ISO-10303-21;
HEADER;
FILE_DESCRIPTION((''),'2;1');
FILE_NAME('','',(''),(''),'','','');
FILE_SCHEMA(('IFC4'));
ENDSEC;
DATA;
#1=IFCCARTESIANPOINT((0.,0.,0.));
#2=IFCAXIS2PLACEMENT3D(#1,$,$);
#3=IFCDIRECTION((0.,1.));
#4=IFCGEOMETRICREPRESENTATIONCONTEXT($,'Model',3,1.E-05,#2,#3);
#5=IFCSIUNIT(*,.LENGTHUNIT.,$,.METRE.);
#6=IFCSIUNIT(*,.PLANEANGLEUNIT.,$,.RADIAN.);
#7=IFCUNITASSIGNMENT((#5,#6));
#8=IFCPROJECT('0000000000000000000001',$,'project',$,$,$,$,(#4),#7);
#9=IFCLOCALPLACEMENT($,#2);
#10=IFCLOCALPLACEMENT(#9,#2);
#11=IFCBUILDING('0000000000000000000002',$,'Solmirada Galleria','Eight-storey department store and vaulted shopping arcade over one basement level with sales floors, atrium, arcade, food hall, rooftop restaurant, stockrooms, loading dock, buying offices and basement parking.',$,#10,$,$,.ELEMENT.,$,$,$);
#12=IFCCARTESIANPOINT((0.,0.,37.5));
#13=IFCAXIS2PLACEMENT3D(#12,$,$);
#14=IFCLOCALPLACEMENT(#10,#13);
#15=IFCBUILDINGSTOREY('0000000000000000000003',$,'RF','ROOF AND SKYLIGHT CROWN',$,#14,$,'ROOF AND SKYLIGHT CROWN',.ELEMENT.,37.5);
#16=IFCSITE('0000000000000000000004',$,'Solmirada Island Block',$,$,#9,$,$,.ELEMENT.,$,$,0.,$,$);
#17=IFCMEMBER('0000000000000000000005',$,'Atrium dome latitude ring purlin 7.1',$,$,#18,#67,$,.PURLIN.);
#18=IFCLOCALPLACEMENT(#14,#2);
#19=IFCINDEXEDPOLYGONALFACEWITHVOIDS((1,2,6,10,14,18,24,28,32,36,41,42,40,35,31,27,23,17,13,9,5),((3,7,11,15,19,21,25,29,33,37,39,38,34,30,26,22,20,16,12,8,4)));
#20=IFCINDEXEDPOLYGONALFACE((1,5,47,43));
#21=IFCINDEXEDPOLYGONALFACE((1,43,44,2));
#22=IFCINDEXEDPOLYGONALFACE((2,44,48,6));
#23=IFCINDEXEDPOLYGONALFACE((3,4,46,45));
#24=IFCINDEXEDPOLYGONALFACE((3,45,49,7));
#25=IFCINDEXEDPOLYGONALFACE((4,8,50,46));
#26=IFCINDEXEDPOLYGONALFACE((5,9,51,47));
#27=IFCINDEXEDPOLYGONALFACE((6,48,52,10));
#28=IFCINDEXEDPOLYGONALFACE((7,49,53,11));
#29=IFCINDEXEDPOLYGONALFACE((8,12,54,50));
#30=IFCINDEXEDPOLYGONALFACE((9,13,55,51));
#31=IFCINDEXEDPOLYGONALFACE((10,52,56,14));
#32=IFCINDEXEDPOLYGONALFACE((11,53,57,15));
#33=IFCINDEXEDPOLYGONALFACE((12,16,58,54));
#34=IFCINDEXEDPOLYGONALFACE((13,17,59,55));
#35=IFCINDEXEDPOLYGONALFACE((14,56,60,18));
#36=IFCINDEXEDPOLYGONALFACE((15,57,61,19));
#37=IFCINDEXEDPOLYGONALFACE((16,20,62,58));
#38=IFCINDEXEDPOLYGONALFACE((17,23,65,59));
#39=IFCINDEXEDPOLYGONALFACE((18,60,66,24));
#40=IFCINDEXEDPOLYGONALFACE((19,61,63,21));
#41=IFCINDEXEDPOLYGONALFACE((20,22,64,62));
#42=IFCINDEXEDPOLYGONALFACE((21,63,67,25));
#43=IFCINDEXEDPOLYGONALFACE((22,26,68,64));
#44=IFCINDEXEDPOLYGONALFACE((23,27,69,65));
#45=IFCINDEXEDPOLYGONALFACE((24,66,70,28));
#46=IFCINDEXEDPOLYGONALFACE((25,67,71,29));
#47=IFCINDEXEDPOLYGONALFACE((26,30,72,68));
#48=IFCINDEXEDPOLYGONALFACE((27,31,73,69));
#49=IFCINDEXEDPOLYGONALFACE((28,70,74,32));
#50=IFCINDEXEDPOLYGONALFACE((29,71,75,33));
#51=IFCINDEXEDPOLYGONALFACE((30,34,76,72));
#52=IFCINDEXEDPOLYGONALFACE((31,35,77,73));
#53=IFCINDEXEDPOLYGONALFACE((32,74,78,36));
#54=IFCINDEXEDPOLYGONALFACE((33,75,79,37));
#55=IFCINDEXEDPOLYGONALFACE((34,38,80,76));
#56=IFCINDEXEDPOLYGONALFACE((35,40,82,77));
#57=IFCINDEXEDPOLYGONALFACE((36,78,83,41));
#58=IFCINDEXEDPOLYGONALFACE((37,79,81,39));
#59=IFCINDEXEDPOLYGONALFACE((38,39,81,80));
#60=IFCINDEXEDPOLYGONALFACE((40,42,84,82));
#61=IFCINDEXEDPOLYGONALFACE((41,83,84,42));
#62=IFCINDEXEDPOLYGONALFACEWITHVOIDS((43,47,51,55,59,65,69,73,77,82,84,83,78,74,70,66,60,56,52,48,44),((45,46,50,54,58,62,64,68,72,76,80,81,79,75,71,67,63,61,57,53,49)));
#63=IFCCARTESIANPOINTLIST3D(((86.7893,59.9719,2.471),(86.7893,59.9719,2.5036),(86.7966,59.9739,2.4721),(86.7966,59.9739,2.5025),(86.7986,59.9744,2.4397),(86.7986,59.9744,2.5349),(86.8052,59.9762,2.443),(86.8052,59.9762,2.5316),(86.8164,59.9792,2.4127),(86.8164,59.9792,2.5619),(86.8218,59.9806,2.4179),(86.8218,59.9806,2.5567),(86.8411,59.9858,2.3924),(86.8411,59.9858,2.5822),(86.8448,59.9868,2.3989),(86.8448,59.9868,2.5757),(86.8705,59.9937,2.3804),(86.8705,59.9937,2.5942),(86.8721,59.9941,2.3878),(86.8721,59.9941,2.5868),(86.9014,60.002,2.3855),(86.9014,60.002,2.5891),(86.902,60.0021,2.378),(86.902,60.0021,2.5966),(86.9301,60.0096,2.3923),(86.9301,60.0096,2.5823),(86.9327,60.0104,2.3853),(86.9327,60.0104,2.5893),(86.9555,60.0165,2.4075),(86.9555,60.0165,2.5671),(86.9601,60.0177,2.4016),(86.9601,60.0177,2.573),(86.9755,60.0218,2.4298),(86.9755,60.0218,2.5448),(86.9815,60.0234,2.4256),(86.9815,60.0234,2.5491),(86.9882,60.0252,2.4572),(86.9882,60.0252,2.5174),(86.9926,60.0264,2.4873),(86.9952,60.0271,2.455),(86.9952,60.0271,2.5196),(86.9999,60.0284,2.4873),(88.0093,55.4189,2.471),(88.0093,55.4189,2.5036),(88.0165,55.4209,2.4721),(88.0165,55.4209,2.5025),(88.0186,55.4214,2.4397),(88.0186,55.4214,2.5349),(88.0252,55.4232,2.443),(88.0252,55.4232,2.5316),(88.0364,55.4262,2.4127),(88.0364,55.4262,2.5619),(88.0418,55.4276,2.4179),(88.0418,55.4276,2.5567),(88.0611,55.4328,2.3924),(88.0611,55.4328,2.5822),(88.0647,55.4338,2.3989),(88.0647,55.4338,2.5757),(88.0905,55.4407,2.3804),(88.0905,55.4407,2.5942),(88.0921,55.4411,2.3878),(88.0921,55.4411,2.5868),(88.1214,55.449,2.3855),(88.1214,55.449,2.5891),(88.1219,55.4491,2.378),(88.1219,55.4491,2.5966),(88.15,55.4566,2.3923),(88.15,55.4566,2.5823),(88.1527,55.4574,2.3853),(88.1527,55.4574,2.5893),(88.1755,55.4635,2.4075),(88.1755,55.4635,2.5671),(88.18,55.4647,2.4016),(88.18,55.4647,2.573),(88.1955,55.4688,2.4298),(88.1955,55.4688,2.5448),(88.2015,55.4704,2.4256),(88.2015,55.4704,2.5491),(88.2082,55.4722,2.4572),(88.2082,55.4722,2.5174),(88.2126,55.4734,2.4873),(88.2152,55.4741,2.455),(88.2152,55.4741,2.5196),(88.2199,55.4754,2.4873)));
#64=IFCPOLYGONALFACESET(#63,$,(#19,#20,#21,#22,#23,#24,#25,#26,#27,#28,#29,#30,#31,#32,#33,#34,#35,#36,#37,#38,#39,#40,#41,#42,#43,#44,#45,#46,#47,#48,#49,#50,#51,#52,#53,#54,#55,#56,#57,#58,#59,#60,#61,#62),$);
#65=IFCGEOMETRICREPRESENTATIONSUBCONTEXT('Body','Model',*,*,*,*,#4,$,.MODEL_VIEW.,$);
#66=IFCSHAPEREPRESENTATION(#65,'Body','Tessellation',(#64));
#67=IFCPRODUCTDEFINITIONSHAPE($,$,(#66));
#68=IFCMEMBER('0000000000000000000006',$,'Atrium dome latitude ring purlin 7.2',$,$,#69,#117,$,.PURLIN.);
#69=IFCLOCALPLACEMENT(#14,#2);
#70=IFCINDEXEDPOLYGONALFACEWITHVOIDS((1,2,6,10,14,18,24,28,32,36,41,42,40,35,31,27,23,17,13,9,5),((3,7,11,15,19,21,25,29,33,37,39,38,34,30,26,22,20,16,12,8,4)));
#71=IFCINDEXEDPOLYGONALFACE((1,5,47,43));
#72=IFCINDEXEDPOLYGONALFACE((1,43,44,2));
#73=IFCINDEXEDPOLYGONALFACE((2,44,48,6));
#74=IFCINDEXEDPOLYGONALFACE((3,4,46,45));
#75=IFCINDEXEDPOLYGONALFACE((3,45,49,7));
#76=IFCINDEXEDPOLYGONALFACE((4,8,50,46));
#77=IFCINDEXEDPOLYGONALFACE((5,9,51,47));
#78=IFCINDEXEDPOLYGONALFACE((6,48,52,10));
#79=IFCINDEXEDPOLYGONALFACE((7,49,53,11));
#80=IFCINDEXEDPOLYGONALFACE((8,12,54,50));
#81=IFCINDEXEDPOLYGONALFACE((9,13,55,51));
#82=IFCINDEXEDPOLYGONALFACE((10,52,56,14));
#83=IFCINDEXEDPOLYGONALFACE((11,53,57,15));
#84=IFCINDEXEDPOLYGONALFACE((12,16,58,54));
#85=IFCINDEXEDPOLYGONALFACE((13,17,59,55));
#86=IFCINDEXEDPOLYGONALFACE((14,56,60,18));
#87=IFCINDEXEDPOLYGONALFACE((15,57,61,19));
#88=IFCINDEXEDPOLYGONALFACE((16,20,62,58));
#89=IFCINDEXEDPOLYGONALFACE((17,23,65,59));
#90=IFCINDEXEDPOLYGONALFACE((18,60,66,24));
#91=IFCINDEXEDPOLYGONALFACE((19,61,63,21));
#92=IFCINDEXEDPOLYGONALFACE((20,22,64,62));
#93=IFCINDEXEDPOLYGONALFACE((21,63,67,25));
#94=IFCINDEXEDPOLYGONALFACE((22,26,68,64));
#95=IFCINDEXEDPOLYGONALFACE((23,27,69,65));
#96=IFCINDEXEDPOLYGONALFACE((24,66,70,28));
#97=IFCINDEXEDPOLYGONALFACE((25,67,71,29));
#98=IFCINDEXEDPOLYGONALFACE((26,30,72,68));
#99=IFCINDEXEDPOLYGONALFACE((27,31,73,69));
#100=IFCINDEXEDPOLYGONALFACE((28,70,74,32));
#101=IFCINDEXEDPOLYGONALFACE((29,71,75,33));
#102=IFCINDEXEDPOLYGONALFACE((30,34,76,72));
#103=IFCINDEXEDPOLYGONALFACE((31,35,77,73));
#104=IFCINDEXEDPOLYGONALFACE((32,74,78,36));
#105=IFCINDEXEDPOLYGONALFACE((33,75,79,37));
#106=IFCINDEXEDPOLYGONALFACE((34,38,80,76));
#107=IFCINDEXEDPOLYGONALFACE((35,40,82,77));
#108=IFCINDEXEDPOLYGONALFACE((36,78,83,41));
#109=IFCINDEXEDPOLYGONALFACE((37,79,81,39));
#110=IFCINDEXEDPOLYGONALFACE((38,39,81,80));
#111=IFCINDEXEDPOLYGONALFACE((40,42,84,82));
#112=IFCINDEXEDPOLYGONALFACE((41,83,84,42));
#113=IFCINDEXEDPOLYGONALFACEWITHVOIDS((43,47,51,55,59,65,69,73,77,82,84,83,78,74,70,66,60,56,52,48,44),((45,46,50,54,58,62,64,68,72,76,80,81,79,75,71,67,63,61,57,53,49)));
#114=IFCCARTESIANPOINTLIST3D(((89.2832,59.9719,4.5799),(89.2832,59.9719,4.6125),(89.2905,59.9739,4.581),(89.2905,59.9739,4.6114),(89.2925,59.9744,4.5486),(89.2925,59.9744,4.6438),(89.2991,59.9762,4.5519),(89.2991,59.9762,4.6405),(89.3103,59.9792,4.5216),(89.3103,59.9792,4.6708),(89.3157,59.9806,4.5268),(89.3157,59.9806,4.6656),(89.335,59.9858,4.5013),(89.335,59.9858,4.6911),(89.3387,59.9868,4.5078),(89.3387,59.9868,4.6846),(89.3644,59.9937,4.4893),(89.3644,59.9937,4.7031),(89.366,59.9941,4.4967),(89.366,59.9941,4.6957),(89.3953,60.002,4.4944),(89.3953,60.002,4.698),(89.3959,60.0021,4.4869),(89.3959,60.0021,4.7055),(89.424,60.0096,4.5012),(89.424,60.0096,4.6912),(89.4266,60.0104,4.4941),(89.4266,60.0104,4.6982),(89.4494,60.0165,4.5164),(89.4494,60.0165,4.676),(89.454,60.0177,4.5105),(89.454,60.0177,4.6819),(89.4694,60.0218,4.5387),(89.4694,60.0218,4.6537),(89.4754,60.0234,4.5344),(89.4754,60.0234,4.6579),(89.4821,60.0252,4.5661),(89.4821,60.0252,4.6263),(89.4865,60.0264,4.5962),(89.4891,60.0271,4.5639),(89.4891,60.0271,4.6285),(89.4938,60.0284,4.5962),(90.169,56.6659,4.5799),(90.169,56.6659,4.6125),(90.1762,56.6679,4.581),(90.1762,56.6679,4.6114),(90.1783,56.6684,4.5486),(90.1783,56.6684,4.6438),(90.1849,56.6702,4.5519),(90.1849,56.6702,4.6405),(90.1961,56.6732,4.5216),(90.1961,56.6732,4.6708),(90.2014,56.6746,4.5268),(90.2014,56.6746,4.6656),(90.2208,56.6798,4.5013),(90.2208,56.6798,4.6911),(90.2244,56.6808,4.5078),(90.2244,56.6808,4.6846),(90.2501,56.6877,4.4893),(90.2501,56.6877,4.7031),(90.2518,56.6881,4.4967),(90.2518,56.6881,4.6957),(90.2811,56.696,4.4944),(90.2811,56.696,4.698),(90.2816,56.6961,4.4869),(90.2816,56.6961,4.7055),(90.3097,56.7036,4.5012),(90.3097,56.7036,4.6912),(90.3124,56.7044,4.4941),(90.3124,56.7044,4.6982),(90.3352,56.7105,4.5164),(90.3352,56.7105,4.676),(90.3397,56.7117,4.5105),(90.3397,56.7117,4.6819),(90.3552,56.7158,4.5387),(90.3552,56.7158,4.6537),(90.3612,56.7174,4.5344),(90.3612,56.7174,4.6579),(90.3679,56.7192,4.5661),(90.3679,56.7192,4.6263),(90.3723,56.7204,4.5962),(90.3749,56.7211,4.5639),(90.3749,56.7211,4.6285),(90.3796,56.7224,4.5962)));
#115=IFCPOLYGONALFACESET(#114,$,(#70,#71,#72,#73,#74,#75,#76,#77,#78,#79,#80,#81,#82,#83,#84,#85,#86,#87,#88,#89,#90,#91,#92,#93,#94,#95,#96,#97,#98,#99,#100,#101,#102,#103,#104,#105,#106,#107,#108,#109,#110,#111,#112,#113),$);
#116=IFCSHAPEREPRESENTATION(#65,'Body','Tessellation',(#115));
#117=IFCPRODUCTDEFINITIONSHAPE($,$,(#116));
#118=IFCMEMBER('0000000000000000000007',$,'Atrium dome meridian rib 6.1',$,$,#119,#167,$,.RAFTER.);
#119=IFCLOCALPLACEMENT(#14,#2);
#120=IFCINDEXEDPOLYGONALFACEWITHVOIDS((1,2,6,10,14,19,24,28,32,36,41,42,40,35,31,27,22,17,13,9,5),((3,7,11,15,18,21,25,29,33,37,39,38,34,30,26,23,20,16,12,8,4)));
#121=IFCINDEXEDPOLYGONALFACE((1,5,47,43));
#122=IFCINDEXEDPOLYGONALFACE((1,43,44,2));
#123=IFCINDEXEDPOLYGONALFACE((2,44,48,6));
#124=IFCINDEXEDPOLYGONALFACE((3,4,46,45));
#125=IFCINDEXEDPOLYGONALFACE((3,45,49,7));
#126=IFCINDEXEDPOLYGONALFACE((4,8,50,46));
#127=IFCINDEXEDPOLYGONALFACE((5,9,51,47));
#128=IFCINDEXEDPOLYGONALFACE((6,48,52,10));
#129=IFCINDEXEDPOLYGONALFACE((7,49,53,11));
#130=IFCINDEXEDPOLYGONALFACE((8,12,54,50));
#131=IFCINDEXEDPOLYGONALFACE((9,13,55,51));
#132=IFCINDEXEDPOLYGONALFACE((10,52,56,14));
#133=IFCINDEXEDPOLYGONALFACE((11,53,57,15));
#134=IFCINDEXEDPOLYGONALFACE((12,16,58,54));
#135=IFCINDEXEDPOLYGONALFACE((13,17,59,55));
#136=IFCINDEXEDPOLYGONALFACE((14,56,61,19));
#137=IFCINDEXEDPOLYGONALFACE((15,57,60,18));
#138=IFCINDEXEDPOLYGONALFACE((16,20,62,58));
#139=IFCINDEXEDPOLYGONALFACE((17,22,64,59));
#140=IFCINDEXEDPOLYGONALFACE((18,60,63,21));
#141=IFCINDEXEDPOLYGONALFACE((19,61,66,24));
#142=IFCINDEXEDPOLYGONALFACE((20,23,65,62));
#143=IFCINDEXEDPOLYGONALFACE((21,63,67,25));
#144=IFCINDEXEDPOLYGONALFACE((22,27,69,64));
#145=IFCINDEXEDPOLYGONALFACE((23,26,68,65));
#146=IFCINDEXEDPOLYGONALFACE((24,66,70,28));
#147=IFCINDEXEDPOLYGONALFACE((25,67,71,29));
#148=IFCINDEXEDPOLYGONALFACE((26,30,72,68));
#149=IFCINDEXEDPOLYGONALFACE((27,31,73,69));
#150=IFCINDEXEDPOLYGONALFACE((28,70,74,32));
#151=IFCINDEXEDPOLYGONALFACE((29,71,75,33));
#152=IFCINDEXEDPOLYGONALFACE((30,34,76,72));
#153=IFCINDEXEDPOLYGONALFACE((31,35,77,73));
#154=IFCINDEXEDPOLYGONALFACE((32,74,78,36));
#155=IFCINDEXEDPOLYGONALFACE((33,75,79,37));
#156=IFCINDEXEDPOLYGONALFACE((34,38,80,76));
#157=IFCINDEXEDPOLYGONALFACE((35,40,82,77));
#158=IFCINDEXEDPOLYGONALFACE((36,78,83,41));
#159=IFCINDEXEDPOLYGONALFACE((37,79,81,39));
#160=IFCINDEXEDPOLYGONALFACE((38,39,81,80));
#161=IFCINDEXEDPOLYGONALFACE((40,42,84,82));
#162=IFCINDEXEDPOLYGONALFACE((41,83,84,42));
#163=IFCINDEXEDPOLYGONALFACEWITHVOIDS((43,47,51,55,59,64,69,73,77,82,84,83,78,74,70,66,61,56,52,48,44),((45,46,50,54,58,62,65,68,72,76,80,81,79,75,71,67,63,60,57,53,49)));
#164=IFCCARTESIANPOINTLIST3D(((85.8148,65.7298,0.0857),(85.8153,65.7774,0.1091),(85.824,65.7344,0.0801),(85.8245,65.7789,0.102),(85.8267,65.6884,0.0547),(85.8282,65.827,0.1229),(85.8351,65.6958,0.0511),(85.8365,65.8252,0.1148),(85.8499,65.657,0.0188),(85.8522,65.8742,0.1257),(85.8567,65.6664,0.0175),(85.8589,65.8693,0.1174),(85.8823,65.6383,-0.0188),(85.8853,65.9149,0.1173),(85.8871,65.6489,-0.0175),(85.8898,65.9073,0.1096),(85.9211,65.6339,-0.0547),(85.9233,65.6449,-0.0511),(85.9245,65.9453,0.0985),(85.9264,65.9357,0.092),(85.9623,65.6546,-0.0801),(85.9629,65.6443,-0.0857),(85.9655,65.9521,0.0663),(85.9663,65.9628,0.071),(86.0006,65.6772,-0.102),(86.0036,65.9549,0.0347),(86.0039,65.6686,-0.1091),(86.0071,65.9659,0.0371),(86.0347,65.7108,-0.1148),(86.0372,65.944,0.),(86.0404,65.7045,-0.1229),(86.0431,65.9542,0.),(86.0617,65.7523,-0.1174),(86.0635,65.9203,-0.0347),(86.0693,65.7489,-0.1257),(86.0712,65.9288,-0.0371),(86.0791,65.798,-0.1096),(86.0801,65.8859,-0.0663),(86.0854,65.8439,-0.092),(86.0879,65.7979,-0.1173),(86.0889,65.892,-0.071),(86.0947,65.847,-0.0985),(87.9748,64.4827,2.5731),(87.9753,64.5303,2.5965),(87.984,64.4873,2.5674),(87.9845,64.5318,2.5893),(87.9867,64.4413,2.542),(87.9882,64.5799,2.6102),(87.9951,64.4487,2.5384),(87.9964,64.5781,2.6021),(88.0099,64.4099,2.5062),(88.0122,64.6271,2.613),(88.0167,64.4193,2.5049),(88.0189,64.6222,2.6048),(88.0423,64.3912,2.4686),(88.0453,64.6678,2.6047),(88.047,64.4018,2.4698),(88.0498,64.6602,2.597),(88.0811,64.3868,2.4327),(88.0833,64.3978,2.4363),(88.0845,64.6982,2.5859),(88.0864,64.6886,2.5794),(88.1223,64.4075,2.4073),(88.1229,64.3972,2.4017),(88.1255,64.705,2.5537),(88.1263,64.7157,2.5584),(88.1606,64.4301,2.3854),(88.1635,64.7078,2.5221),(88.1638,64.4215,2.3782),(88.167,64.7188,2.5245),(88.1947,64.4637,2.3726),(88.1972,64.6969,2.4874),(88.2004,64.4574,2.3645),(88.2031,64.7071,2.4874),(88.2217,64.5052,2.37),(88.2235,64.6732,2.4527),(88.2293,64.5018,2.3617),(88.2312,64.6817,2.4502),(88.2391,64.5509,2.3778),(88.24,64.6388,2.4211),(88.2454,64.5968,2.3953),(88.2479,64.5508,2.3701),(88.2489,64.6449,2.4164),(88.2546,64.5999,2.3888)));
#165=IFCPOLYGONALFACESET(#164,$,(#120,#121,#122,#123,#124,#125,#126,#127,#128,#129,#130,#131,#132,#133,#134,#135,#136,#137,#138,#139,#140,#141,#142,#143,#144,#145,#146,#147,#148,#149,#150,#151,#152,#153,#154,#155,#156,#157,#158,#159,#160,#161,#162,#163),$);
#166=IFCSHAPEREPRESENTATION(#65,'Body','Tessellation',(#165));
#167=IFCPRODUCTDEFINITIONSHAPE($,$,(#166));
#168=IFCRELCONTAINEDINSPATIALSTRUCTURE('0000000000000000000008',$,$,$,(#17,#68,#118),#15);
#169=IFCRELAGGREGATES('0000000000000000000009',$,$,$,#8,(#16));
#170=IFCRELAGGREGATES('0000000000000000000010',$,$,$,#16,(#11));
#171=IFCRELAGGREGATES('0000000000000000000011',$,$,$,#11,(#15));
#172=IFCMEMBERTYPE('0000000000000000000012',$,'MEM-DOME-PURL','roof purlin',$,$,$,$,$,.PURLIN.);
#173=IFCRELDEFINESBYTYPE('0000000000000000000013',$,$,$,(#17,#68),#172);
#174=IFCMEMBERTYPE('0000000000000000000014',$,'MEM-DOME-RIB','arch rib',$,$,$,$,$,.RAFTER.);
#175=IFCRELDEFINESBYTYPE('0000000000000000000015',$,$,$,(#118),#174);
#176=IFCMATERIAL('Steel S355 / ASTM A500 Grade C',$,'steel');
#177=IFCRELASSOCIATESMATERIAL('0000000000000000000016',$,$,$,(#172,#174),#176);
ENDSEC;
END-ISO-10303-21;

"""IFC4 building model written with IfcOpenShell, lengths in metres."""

from ifc_helpers import new_model, si_unit, direction, frame, origin, origin_2d, place, context, subcontext, project, spatial, hollow_circle, extrude, material, material_profile, profile_set, type_object, element, save


model = new_model("IFC4")

# Units and contexts
model_context = context("Model", 3, precision=1e-05, world=origin(), true_north=direction((0.0, 1.0)))
body_context = subcontext(model_context, "Body", "Model", "MODEL_VIEW")
ifc_project = project(units=[si_unit("LENGTHUNIT", "METRE"), si_unit("PLANEANGLEUNIT", "RADIAN")], contexts=[model_context])

# Site, building, storey
site_placement = place(None, origin())
site = spatial("IfcSite", under=ifc_project, at=site_placement, Name="Solmirada Island Block", CompositionType="ELEMENT", RefElevation=0.0)
building_placement = place(site_placement, origin())
building = spatial("IfcBuilding", under=site, at=building_placement, Name="Solmirada Galleria", Description="Eight-storey department store and vaulted shopping arcade over one basement level with sales floors, atrium, arcade, food hall, rooftop restaurant, stockrooms, loading dock, buying offices and basement parking.", CompositionType="ELEMENT")
storey_placement = place(building_placement, frame((0.0, 0.0, 37.5)))
storey = spatial("IfcBuildingStorey", under=building, at=storey_placement, Name="RF", Description="ROOF AND SKYLIGHT CROWN", LongName="ROOF AND SKYLIGHT CROWN", CompositionType="ELEMENT", Elevation=37.5)

# Members
ifc_material_1 = material(Name="Steel S355 / ASTM A500 Grade C", Category="steel")
ifc_material_profile_1 = material_profile(ifc_material_1, hollow_circle(Radius=0.1096, WallThickness=0.0076, at=origin_2d()), Name="HSS8.625X0.322")
ifc_profile_set_1 = profile_set([ifc_material_profile_1], Name="Steel S355 / ASTM A500 Grade C")
member_type_1 = type_object("IfcMemberType", Name="MEM-DOME-PURL", Description="roof purlin", PredefinedType="PURLIN", material=ifc_profile_set_1)
for number, where, z_axis, x_axis, name in (
    (1, (86.894, 60.0, 2.4873), (0.25882, -0.965926, 0.0), (0.965926, 0.25882, 0.0), "Atrium dome latitude ring purlin 7.1"),
):
    element("IfcMember", number, at=place(storey_placement, frame(where, z_axis=z_axis, x_axis=x_axis)), inside=storey, type_object=member_type_1, Name=name, PredefinedType="PURLIN", context=body_context, shape_type="SweptSolid", body=[
        extrude(hollow_circle(Radius=0.1096, WallThickness=0.0076, at=origin_2d()), origin(), (0.0, 0.0, 1.0), 4.7136),
    ])
member_1_placement = place(storey_placement, frame((89.3879, 60.0, 4.5962), z_axis=(0.258799, -0.965931, 0.0), x_axis=(0.965931, 0.258799, 0.0)))
element("IfcMember", 2, at=member_1_placement, inside=storey, type_object=member_type_1, Name="Atrium dome latitude ring purlin 7.2", PredefinedType="PURLIN", context=body_context, shape_type="SweptSolid", body=[
    extrude(hollow_circle(Radius=0.1096, WallThickness=0.0076, at=origin_2d()), origin(), (0.0, 0.0, 1.0), 3.4226),
])
ifc_material_profile_2 = material_profile(ifc_material_1, hollow_circle(Radius=0.178, WallThickness=0.0117, at=origin_2d()), Name="HSS14.000X0.500")
ifc_profile_set_2 = profile_set([ifc_material_profile_2], Name="Steel S355 / ASTM A500 Grade C")
member_type_2 = type_object("IfcMemberType", Name="MEM-DOME-RIB", Description="arch rib", PredefinedType="RAFTER", material=ifc_profile_set_2)
member_2_placement = place(storey_placement, frame((85.9541, 65.8, 0.0), z_axis=(0.613199, -0.354043, 0.706145), x_axis=(0.500013, 0.866018, 0.0)))
element("IfcMember", 3, at=member_2_placement, inside=storey, type_object=member_type_2, Name="Atrium dome meridian rib 6.1", PredefinedType="RAFTER", context=body_context, shape_type="SweptSolid", body=[
    extrude(hollow_circle(Radius=0.178, WallThickness=0.0117, at=origin_2d()), origin(), (0.0, 0.0, 1.0), 3.5225),
])

save(model, "model.ifc")
